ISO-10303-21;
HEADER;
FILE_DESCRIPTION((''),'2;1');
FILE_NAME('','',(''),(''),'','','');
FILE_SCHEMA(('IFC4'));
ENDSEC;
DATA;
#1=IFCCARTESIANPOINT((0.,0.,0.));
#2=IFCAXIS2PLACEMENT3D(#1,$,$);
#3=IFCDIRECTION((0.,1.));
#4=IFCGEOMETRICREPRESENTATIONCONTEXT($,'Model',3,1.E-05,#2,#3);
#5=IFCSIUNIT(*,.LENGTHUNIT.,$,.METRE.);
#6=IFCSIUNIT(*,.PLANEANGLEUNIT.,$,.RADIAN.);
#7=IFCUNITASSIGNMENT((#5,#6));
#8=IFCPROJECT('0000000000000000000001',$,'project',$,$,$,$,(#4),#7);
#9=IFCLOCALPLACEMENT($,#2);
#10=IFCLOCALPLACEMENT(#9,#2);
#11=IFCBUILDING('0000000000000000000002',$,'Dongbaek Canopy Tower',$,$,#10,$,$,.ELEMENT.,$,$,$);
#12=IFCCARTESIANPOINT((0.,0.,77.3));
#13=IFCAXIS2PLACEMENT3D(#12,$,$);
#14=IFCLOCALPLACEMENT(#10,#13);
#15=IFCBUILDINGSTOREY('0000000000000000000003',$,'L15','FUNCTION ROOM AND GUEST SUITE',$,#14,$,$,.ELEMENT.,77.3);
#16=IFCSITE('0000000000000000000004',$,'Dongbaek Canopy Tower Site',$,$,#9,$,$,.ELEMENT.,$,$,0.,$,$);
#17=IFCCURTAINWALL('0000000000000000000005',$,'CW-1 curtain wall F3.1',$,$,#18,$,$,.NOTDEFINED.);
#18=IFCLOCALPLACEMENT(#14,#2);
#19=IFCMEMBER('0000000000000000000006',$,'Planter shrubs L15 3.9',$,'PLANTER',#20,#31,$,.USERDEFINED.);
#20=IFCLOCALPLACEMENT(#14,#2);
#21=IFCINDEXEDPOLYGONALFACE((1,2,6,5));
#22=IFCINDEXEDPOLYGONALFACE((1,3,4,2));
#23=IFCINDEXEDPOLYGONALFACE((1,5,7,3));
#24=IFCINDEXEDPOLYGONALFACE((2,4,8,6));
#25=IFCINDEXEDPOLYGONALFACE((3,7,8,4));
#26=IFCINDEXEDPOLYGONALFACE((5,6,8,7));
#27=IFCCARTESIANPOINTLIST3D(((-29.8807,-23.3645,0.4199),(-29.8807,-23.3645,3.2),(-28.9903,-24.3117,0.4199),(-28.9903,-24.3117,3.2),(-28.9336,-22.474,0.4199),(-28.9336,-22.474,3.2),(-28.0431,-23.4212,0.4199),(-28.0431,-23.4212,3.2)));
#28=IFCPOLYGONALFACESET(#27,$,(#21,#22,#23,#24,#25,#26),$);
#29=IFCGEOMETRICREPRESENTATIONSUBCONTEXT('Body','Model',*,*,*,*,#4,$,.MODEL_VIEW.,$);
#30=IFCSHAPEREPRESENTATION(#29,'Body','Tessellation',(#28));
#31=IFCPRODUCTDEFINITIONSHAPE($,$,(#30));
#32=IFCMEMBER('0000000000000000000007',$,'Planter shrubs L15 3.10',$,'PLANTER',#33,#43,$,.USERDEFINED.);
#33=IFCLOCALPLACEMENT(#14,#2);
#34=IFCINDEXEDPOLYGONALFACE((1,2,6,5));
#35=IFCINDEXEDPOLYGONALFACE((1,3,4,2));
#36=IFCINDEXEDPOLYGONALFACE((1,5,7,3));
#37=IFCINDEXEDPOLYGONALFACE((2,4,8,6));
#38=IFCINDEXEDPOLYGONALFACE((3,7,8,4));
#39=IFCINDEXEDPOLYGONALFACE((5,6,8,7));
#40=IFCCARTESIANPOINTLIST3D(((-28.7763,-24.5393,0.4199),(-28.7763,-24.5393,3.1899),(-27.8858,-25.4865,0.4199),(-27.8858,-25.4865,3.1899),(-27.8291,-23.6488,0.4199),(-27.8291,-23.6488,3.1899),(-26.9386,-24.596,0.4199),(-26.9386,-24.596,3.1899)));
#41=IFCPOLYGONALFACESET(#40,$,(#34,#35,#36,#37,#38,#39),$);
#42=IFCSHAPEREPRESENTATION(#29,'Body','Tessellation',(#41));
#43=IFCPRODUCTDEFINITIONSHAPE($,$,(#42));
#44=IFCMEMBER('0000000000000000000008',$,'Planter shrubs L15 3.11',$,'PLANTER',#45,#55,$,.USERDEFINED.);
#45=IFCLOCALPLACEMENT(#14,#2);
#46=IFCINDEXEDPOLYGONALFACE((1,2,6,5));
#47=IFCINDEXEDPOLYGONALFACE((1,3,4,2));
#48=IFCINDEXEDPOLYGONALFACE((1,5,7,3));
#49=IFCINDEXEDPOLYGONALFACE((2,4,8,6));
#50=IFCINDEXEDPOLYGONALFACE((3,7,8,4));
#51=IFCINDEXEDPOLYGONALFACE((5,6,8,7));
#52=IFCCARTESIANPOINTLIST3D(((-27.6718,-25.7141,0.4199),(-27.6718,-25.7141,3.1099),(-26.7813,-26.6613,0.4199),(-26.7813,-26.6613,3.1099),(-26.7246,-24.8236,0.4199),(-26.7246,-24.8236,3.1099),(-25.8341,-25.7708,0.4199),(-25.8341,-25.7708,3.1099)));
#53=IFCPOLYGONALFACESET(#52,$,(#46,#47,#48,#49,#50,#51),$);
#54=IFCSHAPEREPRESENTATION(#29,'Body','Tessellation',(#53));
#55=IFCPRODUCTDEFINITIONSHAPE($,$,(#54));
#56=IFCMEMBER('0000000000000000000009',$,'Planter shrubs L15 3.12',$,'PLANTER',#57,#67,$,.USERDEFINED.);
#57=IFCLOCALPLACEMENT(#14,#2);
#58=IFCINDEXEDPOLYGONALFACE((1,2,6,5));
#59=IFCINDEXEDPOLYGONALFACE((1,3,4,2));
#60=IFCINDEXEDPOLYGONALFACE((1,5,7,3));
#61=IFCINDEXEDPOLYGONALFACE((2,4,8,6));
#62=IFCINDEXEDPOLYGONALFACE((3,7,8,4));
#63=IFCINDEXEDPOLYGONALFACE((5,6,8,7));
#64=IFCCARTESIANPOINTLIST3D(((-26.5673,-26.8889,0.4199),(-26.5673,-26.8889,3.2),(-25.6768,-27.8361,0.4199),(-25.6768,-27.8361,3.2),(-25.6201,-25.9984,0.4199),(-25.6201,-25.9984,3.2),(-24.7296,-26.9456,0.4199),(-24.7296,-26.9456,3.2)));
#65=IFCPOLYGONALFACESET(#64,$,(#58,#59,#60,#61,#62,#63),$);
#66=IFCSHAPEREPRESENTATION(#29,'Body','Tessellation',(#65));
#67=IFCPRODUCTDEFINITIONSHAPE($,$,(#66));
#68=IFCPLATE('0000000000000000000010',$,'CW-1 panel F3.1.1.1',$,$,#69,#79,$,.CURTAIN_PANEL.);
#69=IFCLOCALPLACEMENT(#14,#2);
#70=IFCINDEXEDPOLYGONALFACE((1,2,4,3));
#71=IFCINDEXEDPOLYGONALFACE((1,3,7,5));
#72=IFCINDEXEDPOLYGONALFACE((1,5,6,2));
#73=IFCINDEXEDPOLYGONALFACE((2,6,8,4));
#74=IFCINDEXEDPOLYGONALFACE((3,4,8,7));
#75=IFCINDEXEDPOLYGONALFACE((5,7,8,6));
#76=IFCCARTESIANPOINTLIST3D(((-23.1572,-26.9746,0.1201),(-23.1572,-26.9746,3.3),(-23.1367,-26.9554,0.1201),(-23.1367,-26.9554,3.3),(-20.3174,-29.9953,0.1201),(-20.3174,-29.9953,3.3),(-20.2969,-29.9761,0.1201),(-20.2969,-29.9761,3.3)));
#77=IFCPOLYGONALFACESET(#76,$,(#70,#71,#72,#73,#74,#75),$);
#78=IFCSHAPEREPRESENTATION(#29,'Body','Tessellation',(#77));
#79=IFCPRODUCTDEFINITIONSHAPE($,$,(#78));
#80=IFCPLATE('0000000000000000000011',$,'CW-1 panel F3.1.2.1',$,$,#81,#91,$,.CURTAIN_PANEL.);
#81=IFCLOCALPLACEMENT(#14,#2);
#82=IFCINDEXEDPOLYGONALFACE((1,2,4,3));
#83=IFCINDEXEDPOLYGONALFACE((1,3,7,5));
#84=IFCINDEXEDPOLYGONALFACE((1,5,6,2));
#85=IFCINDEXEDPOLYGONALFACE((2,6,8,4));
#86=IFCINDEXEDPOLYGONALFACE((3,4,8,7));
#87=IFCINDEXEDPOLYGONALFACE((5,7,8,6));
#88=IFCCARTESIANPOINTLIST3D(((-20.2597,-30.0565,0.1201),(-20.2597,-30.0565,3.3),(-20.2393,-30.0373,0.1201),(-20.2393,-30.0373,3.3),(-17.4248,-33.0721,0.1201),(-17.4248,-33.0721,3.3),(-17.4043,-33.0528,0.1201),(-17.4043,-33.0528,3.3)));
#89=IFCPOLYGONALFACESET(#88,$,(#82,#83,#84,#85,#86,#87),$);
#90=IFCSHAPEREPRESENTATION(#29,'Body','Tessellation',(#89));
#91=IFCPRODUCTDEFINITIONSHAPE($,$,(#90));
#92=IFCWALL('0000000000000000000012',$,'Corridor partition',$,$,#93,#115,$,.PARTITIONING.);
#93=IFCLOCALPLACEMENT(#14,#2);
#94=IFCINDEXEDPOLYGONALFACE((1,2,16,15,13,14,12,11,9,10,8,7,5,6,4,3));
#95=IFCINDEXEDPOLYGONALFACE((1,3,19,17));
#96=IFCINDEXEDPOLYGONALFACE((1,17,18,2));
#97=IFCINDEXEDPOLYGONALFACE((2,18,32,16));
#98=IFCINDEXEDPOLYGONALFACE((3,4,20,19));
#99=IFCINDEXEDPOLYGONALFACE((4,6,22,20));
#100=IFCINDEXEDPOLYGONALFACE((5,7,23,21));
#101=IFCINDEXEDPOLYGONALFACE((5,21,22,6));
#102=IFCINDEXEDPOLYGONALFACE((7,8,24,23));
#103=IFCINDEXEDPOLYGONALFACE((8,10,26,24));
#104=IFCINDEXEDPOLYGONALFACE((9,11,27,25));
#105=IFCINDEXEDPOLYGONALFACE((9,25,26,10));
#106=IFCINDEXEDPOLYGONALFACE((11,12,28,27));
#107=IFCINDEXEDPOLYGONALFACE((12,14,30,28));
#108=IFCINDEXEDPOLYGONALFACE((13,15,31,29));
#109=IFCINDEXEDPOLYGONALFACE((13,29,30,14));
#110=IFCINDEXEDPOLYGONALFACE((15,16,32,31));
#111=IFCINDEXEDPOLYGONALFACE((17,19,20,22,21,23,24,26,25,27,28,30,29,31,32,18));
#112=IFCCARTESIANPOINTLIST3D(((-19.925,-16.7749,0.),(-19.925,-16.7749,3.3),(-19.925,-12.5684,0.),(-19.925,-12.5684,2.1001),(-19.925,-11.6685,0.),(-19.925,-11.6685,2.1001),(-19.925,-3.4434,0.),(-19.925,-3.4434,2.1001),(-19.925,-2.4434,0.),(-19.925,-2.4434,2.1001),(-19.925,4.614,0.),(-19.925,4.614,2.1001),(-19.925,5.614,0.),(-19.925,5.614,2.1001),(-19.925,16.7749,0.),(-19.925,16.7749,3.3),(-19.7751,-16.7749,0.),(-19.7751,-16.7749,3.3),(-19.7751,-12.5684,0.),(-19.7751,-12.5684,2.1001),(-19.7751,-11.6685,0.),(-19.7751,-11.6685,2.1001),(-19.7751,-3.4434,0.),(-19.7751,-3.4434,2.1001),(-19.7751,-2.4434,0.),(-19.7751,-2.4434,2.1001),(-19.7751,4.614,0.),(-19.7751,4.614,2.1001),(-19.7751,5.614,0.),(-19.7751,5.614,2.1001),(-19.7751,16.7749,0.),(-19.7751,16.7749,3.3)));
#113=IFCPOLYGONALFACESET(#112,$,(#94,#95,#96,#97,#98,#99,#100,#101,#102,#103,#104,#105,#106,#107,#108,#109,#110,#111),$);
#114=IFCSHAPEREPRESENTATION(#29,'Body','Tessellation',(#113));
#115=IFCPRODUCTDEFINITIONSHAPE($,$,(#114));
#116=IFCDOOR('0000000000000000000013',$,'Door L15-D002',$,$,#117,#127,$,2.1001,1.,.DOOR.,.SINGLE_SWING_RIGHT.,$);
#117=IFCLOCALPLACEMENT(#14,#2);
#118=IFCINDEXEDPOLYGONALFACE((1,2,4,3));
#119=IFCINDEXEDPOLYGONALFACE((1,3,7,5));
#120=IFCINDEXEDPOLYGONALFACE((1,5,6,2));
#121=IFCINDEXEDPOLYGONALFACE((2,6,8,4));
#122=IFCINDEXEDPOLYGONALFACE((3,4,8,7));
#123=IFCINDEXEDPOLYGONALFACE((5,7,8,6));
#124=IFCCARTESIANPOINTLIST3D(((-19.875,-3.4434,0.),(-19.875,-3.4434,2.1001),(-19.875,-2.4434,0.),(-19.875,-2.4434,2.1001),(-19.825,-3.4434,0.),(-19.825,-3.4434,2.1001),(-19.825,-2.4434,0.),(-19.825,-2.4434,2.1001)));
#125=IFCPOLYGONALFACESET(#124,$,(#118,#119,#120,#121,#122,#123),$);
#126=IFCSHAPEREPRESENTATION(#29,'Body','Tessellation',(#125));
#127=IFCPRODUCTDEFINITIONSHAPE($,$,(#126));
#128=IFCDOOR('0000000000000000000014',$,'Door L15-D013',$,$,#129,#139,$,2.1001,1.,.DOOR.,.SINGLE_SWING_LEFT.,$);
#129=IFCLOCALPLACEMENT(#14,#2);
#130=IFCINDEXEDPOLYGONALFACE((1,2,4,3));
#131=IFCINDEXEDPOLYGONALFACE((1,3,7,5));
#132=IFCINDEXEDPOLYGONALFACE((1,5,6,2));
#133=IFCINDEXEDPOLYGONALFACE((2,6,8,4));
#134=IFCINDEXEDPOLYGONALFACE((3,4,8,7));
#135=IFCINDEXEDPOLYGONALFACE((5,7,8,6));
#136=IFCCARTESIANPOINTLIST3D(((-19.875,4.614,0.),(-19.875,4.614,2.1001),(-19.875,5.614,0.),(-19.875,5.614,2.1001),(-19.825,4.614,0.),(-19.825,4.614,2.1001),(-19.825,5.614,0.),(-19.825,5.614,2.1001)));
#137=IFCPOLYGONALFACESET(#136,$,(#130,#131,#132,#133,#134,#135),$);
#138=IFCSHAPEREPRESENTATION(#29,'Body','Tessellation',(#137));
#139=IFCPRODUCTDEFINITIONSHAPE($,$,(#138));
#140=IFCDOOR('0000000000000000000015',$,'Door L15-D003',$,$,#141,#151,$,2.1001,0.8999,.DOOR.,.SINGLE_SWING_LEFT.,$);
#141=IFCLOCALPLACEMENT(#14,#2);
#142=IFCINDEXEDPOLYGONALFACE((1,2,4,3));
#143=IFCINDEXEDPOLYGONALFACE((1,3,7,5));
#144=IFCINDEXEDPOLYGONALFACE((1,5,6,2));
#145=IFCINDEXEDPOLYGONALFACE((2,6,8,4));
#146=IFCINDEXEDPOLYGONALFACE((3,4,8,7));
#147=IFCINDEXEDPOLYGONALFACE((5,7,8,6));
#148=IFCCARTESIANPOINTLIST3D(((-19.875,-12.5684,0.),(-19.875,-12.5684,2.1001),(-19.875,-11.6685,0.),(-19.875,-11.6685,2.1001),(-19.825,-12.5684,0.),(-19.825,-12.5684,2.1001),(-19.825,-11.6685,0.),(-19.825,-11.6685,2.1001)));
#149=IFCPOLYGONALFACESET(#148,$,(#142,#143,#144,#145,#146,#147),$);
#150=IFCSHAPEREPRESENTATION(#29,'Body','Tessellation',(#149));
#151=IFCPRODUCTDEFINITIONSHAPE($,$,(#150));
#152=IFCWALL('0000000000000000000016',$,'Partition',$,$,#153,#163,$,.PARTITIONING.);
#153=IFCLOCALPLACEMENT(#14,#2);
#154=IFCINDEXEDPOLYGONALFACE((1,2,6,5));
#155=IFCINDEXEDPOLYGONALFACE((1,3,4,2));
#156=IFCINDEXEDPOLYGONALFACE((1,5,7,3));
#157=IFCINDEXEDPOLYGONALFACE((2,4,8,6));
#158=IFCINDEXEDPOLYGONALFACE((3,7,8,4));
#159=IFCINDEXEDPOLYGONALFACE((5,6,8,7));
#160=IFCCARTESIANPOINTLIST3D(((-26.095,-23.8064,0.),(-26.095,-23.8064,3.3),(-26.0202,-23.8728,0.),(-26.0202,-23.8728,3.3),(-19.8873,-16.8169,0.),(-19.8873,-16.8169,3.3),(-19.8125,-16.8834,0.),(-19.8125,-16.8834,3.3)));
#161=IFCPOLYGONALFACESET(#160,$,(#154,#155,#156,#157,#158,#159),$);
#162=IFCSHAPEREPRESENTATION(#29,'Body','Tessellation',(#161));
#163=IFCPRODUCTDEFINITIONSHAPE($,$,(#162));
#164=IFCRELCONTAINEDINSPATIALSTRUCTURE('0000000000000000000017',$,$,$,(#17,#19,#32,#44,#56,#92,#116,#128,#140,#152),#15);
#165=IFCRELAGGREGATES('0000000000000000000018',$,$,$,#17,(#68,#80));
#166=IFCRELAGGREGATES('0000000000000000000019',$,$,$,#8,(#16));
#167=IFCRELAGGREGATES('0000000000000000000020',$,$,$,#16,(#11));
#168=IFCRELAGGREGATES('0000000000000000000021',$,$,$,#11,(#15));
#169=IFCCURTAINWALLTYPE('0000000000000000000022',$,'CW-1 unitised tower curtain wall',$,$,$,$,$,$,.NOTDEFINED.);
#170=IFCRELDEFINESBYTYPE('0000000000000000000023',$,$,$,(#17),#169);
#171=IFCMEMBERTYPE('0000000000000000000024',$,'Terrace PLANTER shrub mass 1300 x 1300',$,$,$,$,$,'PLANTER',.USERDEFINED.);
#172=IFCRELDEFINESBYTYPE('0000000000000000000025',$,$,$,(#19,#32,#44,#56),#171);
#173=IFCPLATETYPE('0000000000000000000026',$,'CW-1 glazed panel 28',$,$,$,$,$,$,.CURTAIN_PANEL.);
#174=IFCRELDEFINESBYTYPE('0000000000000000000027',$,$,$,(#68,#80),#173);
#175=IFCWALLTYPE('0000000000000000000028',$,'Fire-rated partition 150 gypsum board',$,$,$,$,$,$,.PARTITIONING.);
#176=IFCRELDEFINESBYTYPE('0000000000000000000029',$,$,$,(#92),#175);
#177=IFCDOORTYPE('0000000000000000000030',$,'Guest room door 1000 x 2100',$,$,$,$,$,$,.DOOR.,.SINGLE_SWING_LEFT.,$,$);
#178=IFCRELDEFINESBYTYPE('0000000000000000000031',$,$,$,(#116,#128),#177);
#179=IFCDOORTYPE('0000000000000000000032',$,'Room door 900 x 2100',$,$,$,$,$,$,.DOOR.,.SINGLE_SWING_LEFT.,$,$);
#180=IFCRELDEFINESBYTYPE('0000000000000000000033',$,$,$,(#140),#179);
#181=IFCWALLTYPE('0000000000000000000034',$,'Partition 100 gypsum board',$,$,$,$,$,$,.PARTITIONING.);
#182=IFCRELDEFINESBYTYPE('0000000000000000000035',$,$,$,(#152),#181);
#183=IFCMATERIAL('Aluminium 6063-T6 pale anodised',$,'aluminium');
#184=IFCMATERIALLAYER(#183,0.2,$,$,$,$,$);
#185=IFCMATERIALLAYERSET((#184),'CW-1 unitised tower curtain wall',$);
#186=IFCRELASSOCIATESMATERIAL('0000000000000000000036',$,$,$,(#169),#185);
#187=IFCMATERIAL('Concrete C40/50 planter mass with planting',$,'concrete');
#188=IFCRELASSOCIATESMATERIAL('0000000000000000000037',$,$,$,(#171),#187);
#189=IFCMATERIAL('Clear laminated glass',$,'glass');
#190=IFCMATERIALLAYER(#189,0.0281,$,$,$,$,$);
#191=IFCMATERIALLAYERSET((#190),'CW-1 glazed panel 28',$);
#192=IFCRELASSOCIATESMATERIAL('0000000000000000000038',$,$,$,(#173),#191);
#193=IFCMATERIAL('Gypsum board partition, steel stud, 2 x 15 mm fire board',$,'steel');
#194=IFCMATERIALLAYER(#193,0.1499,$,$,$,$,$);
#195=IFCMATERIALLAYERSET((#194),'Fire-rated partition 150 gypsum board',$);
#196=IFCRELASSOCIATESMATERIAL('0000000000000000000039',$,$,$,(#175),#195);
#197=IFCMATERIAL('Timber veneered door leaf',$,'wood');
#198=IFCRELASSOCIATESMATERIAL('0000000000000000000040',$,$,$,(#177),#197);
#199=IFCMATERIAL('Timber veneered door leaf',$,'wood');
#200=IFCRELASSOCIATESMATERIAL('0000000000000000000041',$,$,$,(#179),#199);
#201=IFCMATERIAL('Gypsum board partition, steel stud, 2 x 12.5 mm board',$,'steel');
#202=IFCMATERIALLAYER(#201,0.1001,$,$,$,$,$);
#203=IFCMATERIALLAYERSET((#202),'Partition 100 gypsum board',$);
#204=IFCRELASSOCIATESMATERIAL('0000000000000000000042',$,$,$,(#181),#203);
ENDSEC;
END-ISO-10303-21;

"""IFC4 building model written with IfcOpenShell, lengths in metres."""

from ifc_helpers import new_model, si_unit, direction, frame, frame_2d, origin, origin_2d, place, context, subcontext, project, spatial, rectangle, extrude, material, layer, layer_set, material_profile, profile_set, type_object, element, fill, aggregate, save


model = new_model("IFC4")

# Units and contexts
model_context = context("Model", 3, precision=1e-05, world=origin(), true_north=direction((0.0, 1.0)))
body_context = subcontext(model_context, "Body", "Model", "MODEL_VIEW")
ifc_project = project(units=[si_unit("LENGTHUNIT", "METRE"), si_unit("PLANEANGLEUNIT", "RADIAN")], contexts=[model_context])

# Site, building, storey
site_placement = place(None, origin())
site = spatial("IfcSite", under=ifc_project, at=site_placement, Name="Dongbaek Canopy Tower Site", CompositionType="ELEMENT", RefElevation=0.0)
building_placement = place(site_placement, origin())
building = spatial("IfcBuilding", under=site, at=building_placement, Name="Dongbaek Canopy Tower", CompositionType="ELEMENT")
storey_placement = place(building_placement, frame((0.0, 0.0, 77.3)))
storey = spatial("IfcBuildingStorey", under=building, at=storey_placement, Name="L15", Description="FUNCTION ROOM AND GUEST SUITE", CompositionType="ELEMENT", Elevation=77.3)

# Curtain wall
ifc_material_1 = material(Name="Aluminium 6063-T6 pale anodised", Category="aluminium")
ifc_layer_1 = layer(ifc_material_1, 0.2)
ifc_layer_set_1 = layer_set([ifc_layer_1], Name="CW-1 unitised tower curtain wall")
curtain_wall_type = type_object("IfcCurtainWallType", Name="CW-1 unitised tower curtain wall", PredefinedType="NOTDEFINED", material=ifc_layer_set_1)
curtain_wall_placement = place(storey_placement, origin())
curtain_wall = element("IfcCurtainWall", 1, at=curtain_wall_placement, inside=storey, type_object=curtain_wall_type, Name="CW-1 curtain wall F3.1", PredefinedType="NOTDEFINED")

# Members
ifc_material_2 = material(Name="Concrete C40/50 planter mass with planting", Category="concrete")
ifc_material_profile_1 = material_profile(ifc_material_2, rectangle(XDim=1.3, YDim=1.3, at=origin_2d()), Name="Terrace PLANTER shrub mass 1300 x 1300")
ifc_profile_set_1 = profile_set([ifc_material_profile_1], Name="Concrete C40/50 planter mass with planting")
member_type_1 = type_object("IfcMemberType", Name="Terrace PLANTER shrub mass 1300 x 1300", ElementType="PLANTER", PredefinedType="USERDEFINED", material=ifc_profile_set_1)
member_1_placement = place(storey_placement, frame((-28.9619, -23.3928, 0.4199), z_axis=(0.0, 0.0, 1.0), x_axis=(-0.728585, -0.684956, 0.0)))
element("IfcMember", 2, at=member_1_placement, inside=storey, type_object=member_type_1, Name="Planter shrubs L15 3.9", ObjectType="PLANTER", PredefinedType="USERDEFINED", context=body_context, shape_type="SweptSolid", body=[
    extrude(rectangle(XDim=1.3, YDim=1.3, at=origin_2d()), origin(), (0.0, 0.0, 1.0), 2.78),
])
member_2_placement = place(storey_placement, frame((-27.8574, -24.5676, 0.4199), z_axis=(0.0, 0.0, 1.0), x_axis=(-0.728585, -0.684956, 0.0)))
element("IfcMember", 3, at=member_2_placement, inside=storey, type_object=member_type_1, Name="Planter shrubs L15 3.10", ObjectType="PLANTER", PredefinedType="USERDEFINED", context=body_context, shape_type="SweptSolid", body=[
    extrude(rectangle(XDim=1.3, YDim=1.3, at=origin_2d()), origin(), (0.0, 0.0, 1.0), 2.77),
])
member_3_placement = place(storey_placement, frame((-26.7529, -25.7424, 0.4199), z_axis=(0.0, 0.0, 1.0), x_axis=(-0.728585, -0.684956, 0.0)))
element("IfcMember", 4, at=member_3_placement, inside=storey, type_object=member_type_1, Name="Planter shrubs L15 3.11", ObjectType="PLANTER", PredefinedType="USERDEFINED", context=body_context, shape_type="SweptSolid", body=[
    extrude(rectangle(XDim=1.3, YDim=1.3, at=origin_2d()), origin(), (0.0, 0.0, 1.0), 2.6899),
])
member_4_placement = place(storey_placement, frame((-25.6484, -26.9172, 0.4199), z_axis=(0.0, 0.0, 1.0), x_axis=(-0.728585, -0.684956, 0.0)))
element("IfcMember", 5, at=member_4_placement, inside=storey, type_object=member_type_1, Name="Planter shrubs L15 3.12", ObjectType="PLANTER", PredefinedType="USERDEFINED", context=body_context, shape_type="SweptSolid", body=[
    extrude(rectangle(XDim=1.3, YDim=1.3, at=origin_2d()), origin(), (0.0, 0.0, 1.0), 2.78),
])

# Plates
ifc_material_3 = material(Name="Clear laminated glass", Category="glass")
ifc_layer_2 = layer(ifc_material_3, 0.0281)
ifc_layer_set_2 = layer_set([ifc_layer_2], Name="CW-1 glazed panel 28")
plate_type = type_object("IfcPlateType", Name="CW-1 glazed panel 28", PredefinedType="CURTAIN_PANEL", material=ifc_layer_set_2)
plate_1_placement = place(storey_placement, frame((-21.7271, -28.4753, 0.1201), z_axis=(0.0, 0.0, 1.0), x_axis=(0.684956, -0.728585, 0.0)))
plate_1 = element("IfcPlate", 6, at=plate_1_placement, type_object=plate_type, Name="CW-1 panel F3.1.1.1", PredefinedType="CURTAIN_PANEL", context=body_context, shape_type="SweptSolid", body=[
    extrude(rectangle(XDim=4.146, YDim=0.0281, at=origin_2d()), origin(), (0.0, 0.0, 1.0), 3.1799),
])
plate_2_placement = place(storey_placement, frame((-18.832, -31.5547, 0.1201), z_axis=(0.0, 0.0, 1.0), x_axis=(0.684956, -0.728585, 0.0)))
plate_2 = element("IfcPlate", 7, at=plate_2_placement, type_object=plate_type, Name="CW-1 panel F3.1.2.1", PredefinedType="CURTAIN_PANEL", context=body_context, shape_type="SweptSolid", body=[
    extrude(rectangle(XDim=4.1389, YDim=0.0281, at=origin_2d()), origin(), (0.0, 0.0, 1.0), 3.1799),
])

# Wall, openings, doors
ifc_material_4 = material(Name="Gypsum board partition, steel stud, 2 x 15 mm fire board", Category="steel")
ifc_layer_3 = layer(ifc_material_4, 0.1499)
ifc_layer_set_3 = layer_set([ifc_layer_3], Name="Fire-rated partition 150 gypsum board")
wall_type_1 = type_object("IfcWallType", Name="Fire-rated partition 150 gypsum board", PredefinedType="PARTITIONING", material=ifc_layer_set_3)
wall_1_placement = place(storey_placement, frame((-19.8501, -16.7749, 0.0), z_axis=(0.0, 0.0, 1.0), x_axis=(0.0, 1.0, 0.0)))
wall_1 = element("IfcWall", 8, at=wall_1_placement, inside=storey, type_object=wall_type_1, Name="Corridor partition", PredefinedType="PARTITIONING", context=body_context, shape_type="SweptSolid", body=[
    extrude(rectangle(XDim=33.5498, YDim=0.1499, at=frame_2d((16.7749, 0.0))), origin(), (0.0, 0.0, 1.0), 3.3),
])
opening_1_placement = place(wall_1_placement, frame((13.3315, 0.0, 0.0)))
opening_1 = element("IfcOpeningElement", 9, at=opening_1_placement, cuts=wall_1, PredefinedType="OPENING", context=body_context, shape_type="SweptSolid", body=[
    extrude(rectangle(XDim=1.0, YDim=2.1001, at=frame_2d((0.5, 1.05))), frame((0.0, 0.085, 0.0), z_axis=(0.0, -1.0, 0.0), x_axis=(1.0, 0.0, 0.0)), (0.0, 0.0, 1.0), 0.1699),
])
opening_2_placement = place(wall_1_placement, frame((4.2065, 0.0, 0.0)))
opening_2 = element("IfcOpeningElement", 10, at=opening_2_placement, cuts=wall_1, PredefinedType="OPENING", context=body_context, shape_type="SweptSolid", body=[
    extrude(rectangle(XDim=0.8999, YDim=2.1001, at=frame_2d((0.45, 1.05))), frame((0.0, 0.085, 0.0), z_axis=(0.0, -1.0, 0.0), x_axis=(1.0, 0.0, 0.0)), (0.0, 0.0, 1.0), 0.1699),
])
opening_3_placement = place(wall_1_placement, frame((21.3889, 0.0, 0.0)))
opening_3 = element("IfcOpeningElement", 11, at=opening_3_placement, cuts=wall_1, PredefinedType="OPENING", context=body_context, shape_type="SweptSolid", body=[
    extrude(rectangle(XDim=1.0, YDim=2.1001, at=frame_2d((0.5, 1.05))), frame((0.0, 0.085, 0.0), z_axis=(0.0, -1.0, 0.0), x_axis=(1.0, 0.0, 0.0)), (0.0, 0.0, 1.0), 0.1699),
])
ifc_material_5 = material(Name="Timber veneered door leaf", Category="wood")
door_type_1 = type_object("IfcDoorType", Name="Guest room door 1000 x 2100", OperationType="SINGLE_SWING_LEFT", PredefinedType="DOOR", material=ifc_material_5)
door_1_placement = place(opening_1_placement, origin())
door_1 = element("IfcDoor", 12, at=door_1_placement, inside=storey, type_object=door_type_1, Name="Door L15-D002", OperationType="SINGLE_SWING_RIGHT", OverallHeight=2.1001, OverallWidth=1.0, PredefinedType="DOOR", context=body_context, shape_type="SweptSolid", body=[
    extrude(rectangle(XDim=1.0, YDim=2.1001, at=frame_2d((0.5, 1.05))), frame((0.0, 0.0249, 0.0), z_axis=(0.0, -1.0, 0.0), x_axis=(1.0, 0.0, 0.0)), (0.0, 0.0, 1.0), 0.05),
])
fill(opening_1, door_1)
door_2_placement = place(opening_3_placement, origin())
door_2 = element("IfcDoor", 13, at=door_2_placement, inside=storey, type_object=door_type_1, Name="Door L15-D013", OperationType="SINGLE_SWING_LEFT", OverallHeight=2.1001, OverallWidth=1.0, PredefinedType="DOOR", context=body_context, shape_type="SweptSolid", body=[
    extrude(rectangle(XDim=1.0, YDim=2.1001, at=frame_2d((0.5, 1.05))), frame((0.0, 0.0249, 0.0), z_axis=(0.0, -1.0, 0.0), x_axis=(1.0, 0.0, 0.0)), (0.0, 0.0, 1.0), 0.05),
])
fill(opening_3, door_2)
ifc_material_6 = material(Name="Timber veneered door leaf", Category="wood")
door_type_2 = type_object("IfcDoorType", Name="Room door 900 x 2100", OperationType="SINGLE_SWING_LEFT", PredefinedType="DOOR", material=ifc_material_6)
door_3_placement = place(opening_2_placement, origin())
door_3 = element("IfcDoor", 14, at=door_3_placement, inside=storey, type_object=door_type_2, Name="Door L15-D003", OperationType="SINGLE_SWING_LEFT", OverallHeight=2.1001, OverallWidth=0.8999, PredefinedType="DOOR", context=body_context, shape_type="SweptSolid", body=[
    extrude(rectangle(XDim=0.8999, YDim=2.1001, at=frame_2d((0.45, 1.05))), frame((0.0, 0.0249, 0.0), z_axis=(0.0, -1.0, 0.0), x_axis=(1.0, 0.0, 0.0)), (0.0, 0.0, 1.0), 0.05),
])
fill(opening_2, door_3)

# Wall
ifc_material_7 = material(Name="Gypsum board partition, steel stud, 2 x 12.5 mm board", Category="steel")
ifc_layer_4 = layer(ifc_material_7, 0.1001)
ifc_layer_set_4 = layer_set([ifc_layer_4], Name="Partition 100 gypsum board")
wall_type_2 = type_object("IfcWallType", Name="Partition 100 gypsum board", PredefinedType="PARTITIONING", material=ifc_layer_set_4)
wall_2_placement = place(storey_placement, frame((-26.0576, -23.8396, 0.0), z_axis=(0.0, 0.0, 1.0), x_axis=(0.664057, 0.747682, 0.0)))
element("IfcWall", 15, at=wall_2_placement, inside=storey, type_object=wall_type_2, Name="Partition", PredefinedType="PARTITIONING", context=body_context, shape_type="SweptSolid", body=[
    extrude(rectangle(XDim=9.3481, YDim=0.1001, at=frame_2d((4.6741, 0.0))), origin(), (0.0, 0.0, 1.0), 3.3),
])

aggregate(curtain_wall, [plate_1, plate_2])

save(model, "model.ifc")
